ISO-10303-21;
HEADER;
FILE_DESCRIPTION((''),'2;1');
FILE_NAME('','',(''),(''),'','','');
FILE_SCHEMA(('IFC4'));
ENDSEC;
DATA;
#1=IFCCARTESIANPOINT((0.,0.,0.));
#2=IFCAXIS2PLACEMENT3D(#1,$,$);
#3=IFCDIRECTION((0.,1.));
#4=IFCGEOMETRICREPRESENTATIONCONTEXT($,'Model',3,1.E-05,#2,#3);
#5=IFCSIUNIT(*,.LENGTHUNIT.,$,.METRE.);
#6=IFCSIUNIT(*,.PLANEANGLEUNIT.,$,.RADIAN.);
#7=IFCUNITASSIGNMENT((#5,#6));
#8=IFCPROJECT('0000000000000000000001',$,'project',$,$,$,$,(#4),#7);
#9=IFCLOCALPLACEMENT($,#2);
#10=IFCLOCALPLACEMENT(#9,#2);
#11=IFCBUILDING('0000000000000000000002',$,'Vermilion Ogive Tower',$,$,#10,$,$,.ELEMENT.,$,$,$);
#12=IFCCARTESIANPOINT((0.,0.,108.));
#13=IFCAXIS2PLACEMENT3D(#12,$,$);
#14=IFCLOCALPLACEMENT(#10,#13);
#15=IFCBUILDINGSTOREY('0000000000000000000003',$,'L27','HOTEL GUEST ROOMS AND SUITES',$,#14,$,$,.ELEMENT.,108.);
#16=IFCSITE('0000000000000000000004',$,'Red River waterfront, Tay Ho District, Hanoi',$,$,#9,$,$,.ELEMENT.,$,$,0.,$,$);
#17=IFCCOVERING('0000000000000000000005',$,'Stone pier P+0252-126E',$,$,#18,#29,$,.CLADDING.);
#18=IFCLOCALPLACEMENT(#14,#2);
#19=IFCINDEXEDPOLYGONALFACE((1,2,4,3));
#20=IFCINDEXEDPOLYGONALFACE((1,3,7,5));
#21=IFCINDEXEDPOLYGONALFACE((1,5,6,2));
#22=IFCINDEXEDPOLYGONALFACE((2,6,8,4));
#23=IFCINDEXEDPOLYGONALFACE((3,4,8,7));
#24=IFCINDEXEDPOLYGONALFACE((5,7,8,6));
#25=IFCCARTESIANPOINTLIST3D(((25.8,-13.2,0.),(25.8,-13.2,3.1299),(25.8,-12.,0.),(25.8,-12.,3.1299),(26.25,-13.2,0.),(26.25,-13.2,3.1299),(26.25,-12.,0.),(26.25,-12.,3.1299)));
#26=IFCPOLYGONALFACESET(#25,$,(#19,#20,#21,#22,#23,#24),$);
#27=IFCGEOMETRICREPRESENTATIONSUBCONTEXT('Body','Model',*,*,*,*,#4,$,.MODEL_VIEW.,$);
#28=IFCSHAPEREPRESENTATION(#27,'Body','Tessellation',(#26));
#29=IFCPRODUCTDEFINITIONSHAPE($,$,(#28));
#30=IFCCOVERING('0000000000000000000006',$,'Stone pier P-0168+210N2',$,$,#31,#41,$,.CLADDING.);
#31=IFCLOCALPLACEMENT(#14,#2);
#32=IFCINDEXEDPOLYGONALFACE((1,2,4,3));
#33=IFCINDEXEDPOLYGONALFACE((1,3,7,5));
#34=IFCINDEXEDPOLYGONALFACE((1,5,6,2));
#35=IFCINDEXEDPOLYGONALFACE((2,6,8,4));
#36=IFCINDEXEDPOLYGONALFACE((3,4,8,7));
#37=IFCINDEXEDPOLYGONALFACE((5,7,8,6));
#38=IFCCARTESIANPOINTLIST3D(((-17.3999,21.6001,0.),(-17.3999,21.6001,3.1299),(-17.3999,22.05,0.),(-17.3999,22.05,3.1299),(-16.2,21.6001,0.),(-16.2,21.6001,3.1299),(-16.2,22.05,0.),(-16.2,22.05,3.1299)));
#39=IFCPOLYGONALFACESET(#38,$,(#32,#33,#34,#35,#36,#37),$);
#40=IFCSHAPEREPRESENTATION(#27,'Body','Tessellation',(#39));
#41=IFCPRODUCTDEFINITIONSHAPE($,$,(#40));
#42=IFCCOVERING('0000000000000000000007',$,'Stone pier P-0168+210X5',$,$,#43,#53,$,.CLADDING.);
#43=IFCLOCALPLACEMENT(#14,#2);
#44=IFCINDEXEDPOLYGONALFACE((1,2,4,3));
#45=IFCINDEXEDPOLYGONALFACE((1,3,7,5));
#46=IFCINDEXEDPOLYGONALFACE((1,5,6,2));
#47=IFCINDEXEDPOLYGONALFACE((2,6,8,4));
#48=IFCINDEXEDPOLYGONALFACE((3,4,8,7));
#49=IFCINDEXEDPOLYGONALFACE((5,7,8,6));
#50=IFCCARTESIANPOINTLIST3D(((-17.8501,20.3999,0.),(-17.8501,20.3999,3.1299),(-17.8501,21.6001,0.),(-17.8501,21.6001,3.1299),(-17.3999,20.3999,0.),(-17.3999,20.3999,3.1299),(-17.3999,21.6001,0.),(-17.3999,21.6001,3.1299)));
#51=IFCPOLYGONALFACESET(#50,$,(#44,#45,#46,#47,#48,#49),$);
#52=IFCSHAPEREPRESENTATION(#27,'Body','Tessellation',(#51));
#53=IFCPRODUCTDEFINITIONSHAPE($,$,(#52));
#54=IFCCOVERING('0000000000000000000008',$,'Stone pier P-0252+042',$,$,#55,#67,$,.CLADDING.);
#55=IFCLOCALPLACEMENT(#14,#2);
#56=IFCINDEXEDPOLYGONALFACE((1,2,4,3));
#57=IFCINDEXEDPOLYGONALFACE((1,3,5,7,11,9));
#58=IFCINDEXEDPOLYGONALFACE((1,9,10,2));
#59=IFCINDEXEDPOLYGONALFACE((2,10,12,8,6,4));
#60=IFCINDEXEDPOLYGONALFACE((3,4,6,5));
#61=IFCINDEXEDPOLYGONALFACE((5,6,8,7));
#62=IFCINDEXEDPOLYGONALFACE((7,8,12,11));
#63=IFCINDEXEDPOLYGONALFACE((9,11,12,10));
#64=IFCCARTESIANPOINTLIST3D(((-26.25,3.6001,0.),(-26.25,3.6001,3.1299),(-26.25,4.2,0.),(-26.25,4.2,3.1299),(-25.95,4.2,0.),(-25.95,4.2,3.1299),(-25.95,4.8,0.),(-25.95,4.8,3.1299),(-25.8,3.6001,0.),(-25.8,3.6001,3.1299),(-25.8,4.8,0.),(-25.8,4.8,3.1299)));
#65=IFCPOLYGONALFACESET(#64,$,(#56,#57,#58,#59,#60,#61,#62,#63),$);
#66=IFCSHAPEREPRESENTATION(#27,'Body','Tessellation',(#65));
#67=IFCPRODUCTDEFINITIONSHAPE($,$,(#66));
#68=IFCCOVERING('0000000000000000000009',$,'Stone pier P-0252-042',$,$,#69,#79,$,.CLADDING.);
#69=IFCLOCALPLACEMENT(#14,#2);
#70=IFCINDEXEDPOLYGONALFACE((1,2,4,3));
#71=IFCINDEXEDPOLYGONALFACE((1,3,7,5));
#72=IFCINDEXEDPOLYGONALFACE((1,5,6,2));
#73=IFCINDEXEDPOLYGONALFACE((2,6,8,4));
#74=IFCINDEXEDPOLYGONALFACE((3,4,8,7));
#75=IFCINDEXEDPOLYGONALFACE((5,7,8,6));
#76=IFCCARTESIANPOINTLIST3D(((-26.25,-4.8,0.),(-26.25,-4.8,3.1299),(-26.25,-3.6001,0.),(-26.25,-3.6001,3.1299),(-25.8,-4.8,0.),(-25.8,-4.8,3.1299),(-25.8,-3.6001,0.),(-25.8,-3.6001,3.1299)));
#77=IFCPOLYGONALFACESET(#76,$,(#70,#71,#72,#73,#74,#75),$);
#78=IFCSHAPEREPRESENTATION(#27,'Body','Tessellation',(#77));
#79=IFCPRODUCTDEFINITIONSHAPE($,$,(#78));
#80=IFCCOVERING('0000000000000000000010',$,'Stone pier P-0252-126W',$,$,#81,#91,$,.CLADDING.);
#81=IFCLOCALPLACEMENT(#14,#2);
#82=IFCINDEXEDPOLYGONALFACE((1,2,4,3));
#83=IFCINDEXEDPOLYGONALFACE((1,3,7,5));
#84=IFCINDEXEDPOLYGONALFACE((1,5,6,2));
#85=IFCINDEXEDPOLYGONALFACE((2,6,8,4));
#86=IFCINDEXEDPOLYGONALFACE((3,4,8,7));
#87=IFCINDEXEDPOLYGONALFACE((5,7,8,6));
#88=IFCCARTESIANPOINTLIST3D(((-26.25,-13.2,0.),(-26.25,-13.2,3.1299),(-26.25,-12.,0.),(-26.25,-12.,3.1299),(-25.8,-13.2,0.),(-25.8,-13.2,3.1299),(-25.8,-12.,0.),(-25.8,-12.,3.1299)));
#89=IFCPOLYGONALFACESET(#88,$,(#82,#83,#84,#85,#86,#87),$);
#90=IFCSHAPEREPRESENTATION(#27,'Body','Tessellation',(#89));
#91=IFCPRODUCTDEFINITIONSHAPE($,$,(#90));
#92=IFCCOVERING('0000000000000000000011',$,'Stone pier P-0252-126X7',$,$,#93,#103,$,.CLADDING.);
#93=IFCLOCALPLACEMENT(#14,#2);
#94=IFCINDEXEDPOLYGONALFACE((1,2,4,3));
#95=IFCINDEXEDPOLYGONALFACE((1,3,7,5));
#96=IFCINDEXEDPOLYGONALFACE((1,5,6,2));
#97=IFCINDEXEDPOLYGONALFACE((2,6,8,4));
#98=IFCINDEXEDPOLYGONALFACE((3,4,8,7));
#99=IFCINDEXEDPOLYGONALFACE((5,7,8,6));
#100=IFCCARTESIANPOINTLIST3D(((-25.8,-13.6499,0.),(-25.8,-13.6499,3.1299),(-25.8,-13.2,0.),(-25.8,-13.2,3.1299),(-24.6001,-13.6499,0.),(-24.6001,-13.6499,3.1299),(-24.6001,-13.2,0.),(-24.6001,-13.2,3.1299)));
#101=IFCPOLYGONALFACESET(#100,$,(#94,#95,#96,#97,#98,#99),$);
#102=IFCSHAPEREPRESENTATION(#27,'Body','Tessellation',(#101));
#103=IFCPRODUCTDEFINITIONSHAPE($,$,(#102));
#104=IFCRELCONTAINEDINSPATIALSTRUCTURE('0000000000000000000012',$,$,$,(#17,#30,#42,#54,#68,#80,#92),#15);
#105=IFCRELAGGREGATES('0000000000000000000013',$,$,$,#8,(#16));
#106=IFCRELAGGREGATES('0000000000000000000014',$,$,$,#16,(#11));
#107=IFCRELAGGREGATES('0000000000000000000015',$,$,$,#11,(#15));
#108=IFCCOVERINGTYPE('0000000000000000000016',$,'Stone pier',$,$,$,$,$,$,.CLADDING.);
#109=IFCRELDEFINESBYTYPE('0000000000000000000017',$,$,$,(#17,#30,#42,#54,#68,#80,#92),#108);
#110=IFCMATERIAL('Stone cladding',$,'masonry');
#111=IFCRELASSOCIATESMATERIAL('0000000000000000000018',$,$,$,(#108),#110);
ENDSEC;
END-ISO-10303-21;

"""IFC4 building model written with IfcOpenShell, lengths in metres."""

from ifc_helpers import new_model, si_unit, direction, frame, origin, place, context, subcontext, project, spatial, polyline, outline, extrude, material, type_object, element, save


model = new_model("IFC4")

# Units and contexts
model_context = context("Model", 3, precision=1e-05, world=origin(), true_north=direction((0.0, 1.0)))
body_context = subcontext(model_context, "Body", "Model", "MODEL_VIEW")
ifc_project = project(units=[si_unit("LENGTHUNIT", "METRE"), si_unit("PLANEANGLEUNIT", "RADIAN")], contexts=[model_context])

# Site, building, storey
site_placement = place(None, origin())
site = spatial("IfcSite", under=ifc_project, at=site_placement, Name="Red River waterfront, Tay Ho District, Hanoi", CompositionType="ELEMENT", RefElevation=0.0)
building_placement = place(site_placement, origin())
building = spatial("IfcBuilding", under=site, at=building_placement, Name="Vermilion Ogive Tower", CompositionType="ELEMENT")
storey_placement = place(building_placement, frame((0.0, 0.0, 108.0)))
storey = spatial("IfcBuildingStorey", under=building, at=storey_placement, Name="L27", Description="HOTEL GUEST ROOMS AND SUITES", CompositionType="ELEMENT", Elevation=108.0)

# Coverings
ifc_material_1 = material(Name="Stone cladding", Category="masonry")
covering_type = type_object("IfcCoveringType", Name="Stone pier", PredefinedType="CLADDING", material=ifc_material_1)
covering_1_placement = place(storey_placement, origin())
element("IfcCovering", 1, at=covering_1_placement, inside=storey, type_object=covering_type, Name="Stone pier P+0252-126E", PredefinedType="CLADDING", context=body_context, shape_type="SweptSolid", body=[
    extrude(outline(polyline([(26.25, -13.2), (25.8, -13.2), (25.8, -12.0), (26.25, -12.0), (26.25, -13.2)])), origin(), (0.0, 0.0, 1.0), 3.1299),
])
covering_2_placement = place(storey_placement, origin())
element("IfcCovering", 2, at=covering_2_placement, inside=storey, type_object=covering_type, Name="Stone pier P-0168+210N2", PredefinedType="CLADDING", context=body_context, shape_type="SweptSolid", body=[
    extrude(outline(polyline([(-17.3999, 22.05), (-16.2, 22.05), (-16.2, 21.6001), (-17.3999, 21.6001), (-17.3999, 22.05)])), origin(), (0.0, 0.0, 1.0), 3.1299),
])
covering_3_placement = place(storey_placement, origin())
element("IfcCovering", 3, at=covering_3_placement, inside=storey, type_object=covering_type, Name="Stone pier P-0168+210X5", PredefinedType="CLADDING", context=body_context, shape_type="SweptSolid", body=[
    extrude(outline(polyline([(-17.8501, 21.6001), (-17.3999, 21.6001), (-17.3999, 20.3999), (-17.8501, 20.3999), (-17.8501, 21.6001)])), origin(), (0.0, 0.0, 1.0), 3.1299),
])
covering_4_placement = place(storey_placement, origin())
element("IfcCovering", 4, at=covering_4_placement, inside=storey, type_object=covering_type, Name="Stone pier P-0252+042", PredefinedType="CLADDING", context=body_context, shape_type="SweptSolid", body=[
    extrude(outline(polyline([(-25.8, 3.6001), (-26.25, 3.6001), (-26.25, 4.2), (-25.95, 4.2), (-25.95, 4.8), (-26.25, 4.8), (-26.25, 4.8), (-25.8, 4.8), (-25.8, 4.8), (-25.8, 3.6001)])), origin(), (0.0, 0.0, 1.0), 3.1299),
])
covering_5_placement = place(storey_placement, origin())
element("IfcCovering", 5, at=covering_5_placement, inside=storey, type_object=covering_type, Name="Stone pier P-0252-042", PredefinedType="CLADDING", context=body_context, shape_type="SweptSolid", body=[
    extrude(outline(polyline([(-25.8, -4.8), (-25.8, -4.8), (-26.25, -4.8), (-26.25, -3.6001), (-25.8, -3.6001), (-25.8, -3.6001), (-25.8, -4.8)])), origin(), (0.0, 0.0, 1.0), 3.1299),
])
covering_6_placement = place(storey_placement, origin())
element("IfcCovering", 6, at=covering_6_placement, inside=storey, type_object=covering_type, Name="Stone pier P-0252-126W", PredefinedType="CLADDING", context=body_context, shape_type="SweptSolid", body=[
    extrude(outline(polyline([(-25.8, -13.2), (-25.8, -13.2), (-26.25, -13.2), (-26.25, -12.0), (-25.8, -12.0), (-25.8, -12.0), (-25.8, -13.2)])), origin(), (0.0, 0.0, 1.0), 3.1299),
])
covering_7_placement = place(storey_placement, origin())
element("IfcCovering", 7, at=covering_7_placement, inside=storey, type_object=covering_type, Name="Stone pier P-0252-126X7", PredefinedType="CLADDING", context=body_context, shape_type="SweptSolid", body=[
    extrude(outline(polyline([(-25.8, -13.6499), (-25.8, -13.2), (-25.8, -13.2), (-24.6001, -13.2), (-24.6001, -13.6499), (-25.8, -13.6499)])), origin(), (0.0, 0.0, 1.0), 3.1299),
])

save(model, "model.ifc")
